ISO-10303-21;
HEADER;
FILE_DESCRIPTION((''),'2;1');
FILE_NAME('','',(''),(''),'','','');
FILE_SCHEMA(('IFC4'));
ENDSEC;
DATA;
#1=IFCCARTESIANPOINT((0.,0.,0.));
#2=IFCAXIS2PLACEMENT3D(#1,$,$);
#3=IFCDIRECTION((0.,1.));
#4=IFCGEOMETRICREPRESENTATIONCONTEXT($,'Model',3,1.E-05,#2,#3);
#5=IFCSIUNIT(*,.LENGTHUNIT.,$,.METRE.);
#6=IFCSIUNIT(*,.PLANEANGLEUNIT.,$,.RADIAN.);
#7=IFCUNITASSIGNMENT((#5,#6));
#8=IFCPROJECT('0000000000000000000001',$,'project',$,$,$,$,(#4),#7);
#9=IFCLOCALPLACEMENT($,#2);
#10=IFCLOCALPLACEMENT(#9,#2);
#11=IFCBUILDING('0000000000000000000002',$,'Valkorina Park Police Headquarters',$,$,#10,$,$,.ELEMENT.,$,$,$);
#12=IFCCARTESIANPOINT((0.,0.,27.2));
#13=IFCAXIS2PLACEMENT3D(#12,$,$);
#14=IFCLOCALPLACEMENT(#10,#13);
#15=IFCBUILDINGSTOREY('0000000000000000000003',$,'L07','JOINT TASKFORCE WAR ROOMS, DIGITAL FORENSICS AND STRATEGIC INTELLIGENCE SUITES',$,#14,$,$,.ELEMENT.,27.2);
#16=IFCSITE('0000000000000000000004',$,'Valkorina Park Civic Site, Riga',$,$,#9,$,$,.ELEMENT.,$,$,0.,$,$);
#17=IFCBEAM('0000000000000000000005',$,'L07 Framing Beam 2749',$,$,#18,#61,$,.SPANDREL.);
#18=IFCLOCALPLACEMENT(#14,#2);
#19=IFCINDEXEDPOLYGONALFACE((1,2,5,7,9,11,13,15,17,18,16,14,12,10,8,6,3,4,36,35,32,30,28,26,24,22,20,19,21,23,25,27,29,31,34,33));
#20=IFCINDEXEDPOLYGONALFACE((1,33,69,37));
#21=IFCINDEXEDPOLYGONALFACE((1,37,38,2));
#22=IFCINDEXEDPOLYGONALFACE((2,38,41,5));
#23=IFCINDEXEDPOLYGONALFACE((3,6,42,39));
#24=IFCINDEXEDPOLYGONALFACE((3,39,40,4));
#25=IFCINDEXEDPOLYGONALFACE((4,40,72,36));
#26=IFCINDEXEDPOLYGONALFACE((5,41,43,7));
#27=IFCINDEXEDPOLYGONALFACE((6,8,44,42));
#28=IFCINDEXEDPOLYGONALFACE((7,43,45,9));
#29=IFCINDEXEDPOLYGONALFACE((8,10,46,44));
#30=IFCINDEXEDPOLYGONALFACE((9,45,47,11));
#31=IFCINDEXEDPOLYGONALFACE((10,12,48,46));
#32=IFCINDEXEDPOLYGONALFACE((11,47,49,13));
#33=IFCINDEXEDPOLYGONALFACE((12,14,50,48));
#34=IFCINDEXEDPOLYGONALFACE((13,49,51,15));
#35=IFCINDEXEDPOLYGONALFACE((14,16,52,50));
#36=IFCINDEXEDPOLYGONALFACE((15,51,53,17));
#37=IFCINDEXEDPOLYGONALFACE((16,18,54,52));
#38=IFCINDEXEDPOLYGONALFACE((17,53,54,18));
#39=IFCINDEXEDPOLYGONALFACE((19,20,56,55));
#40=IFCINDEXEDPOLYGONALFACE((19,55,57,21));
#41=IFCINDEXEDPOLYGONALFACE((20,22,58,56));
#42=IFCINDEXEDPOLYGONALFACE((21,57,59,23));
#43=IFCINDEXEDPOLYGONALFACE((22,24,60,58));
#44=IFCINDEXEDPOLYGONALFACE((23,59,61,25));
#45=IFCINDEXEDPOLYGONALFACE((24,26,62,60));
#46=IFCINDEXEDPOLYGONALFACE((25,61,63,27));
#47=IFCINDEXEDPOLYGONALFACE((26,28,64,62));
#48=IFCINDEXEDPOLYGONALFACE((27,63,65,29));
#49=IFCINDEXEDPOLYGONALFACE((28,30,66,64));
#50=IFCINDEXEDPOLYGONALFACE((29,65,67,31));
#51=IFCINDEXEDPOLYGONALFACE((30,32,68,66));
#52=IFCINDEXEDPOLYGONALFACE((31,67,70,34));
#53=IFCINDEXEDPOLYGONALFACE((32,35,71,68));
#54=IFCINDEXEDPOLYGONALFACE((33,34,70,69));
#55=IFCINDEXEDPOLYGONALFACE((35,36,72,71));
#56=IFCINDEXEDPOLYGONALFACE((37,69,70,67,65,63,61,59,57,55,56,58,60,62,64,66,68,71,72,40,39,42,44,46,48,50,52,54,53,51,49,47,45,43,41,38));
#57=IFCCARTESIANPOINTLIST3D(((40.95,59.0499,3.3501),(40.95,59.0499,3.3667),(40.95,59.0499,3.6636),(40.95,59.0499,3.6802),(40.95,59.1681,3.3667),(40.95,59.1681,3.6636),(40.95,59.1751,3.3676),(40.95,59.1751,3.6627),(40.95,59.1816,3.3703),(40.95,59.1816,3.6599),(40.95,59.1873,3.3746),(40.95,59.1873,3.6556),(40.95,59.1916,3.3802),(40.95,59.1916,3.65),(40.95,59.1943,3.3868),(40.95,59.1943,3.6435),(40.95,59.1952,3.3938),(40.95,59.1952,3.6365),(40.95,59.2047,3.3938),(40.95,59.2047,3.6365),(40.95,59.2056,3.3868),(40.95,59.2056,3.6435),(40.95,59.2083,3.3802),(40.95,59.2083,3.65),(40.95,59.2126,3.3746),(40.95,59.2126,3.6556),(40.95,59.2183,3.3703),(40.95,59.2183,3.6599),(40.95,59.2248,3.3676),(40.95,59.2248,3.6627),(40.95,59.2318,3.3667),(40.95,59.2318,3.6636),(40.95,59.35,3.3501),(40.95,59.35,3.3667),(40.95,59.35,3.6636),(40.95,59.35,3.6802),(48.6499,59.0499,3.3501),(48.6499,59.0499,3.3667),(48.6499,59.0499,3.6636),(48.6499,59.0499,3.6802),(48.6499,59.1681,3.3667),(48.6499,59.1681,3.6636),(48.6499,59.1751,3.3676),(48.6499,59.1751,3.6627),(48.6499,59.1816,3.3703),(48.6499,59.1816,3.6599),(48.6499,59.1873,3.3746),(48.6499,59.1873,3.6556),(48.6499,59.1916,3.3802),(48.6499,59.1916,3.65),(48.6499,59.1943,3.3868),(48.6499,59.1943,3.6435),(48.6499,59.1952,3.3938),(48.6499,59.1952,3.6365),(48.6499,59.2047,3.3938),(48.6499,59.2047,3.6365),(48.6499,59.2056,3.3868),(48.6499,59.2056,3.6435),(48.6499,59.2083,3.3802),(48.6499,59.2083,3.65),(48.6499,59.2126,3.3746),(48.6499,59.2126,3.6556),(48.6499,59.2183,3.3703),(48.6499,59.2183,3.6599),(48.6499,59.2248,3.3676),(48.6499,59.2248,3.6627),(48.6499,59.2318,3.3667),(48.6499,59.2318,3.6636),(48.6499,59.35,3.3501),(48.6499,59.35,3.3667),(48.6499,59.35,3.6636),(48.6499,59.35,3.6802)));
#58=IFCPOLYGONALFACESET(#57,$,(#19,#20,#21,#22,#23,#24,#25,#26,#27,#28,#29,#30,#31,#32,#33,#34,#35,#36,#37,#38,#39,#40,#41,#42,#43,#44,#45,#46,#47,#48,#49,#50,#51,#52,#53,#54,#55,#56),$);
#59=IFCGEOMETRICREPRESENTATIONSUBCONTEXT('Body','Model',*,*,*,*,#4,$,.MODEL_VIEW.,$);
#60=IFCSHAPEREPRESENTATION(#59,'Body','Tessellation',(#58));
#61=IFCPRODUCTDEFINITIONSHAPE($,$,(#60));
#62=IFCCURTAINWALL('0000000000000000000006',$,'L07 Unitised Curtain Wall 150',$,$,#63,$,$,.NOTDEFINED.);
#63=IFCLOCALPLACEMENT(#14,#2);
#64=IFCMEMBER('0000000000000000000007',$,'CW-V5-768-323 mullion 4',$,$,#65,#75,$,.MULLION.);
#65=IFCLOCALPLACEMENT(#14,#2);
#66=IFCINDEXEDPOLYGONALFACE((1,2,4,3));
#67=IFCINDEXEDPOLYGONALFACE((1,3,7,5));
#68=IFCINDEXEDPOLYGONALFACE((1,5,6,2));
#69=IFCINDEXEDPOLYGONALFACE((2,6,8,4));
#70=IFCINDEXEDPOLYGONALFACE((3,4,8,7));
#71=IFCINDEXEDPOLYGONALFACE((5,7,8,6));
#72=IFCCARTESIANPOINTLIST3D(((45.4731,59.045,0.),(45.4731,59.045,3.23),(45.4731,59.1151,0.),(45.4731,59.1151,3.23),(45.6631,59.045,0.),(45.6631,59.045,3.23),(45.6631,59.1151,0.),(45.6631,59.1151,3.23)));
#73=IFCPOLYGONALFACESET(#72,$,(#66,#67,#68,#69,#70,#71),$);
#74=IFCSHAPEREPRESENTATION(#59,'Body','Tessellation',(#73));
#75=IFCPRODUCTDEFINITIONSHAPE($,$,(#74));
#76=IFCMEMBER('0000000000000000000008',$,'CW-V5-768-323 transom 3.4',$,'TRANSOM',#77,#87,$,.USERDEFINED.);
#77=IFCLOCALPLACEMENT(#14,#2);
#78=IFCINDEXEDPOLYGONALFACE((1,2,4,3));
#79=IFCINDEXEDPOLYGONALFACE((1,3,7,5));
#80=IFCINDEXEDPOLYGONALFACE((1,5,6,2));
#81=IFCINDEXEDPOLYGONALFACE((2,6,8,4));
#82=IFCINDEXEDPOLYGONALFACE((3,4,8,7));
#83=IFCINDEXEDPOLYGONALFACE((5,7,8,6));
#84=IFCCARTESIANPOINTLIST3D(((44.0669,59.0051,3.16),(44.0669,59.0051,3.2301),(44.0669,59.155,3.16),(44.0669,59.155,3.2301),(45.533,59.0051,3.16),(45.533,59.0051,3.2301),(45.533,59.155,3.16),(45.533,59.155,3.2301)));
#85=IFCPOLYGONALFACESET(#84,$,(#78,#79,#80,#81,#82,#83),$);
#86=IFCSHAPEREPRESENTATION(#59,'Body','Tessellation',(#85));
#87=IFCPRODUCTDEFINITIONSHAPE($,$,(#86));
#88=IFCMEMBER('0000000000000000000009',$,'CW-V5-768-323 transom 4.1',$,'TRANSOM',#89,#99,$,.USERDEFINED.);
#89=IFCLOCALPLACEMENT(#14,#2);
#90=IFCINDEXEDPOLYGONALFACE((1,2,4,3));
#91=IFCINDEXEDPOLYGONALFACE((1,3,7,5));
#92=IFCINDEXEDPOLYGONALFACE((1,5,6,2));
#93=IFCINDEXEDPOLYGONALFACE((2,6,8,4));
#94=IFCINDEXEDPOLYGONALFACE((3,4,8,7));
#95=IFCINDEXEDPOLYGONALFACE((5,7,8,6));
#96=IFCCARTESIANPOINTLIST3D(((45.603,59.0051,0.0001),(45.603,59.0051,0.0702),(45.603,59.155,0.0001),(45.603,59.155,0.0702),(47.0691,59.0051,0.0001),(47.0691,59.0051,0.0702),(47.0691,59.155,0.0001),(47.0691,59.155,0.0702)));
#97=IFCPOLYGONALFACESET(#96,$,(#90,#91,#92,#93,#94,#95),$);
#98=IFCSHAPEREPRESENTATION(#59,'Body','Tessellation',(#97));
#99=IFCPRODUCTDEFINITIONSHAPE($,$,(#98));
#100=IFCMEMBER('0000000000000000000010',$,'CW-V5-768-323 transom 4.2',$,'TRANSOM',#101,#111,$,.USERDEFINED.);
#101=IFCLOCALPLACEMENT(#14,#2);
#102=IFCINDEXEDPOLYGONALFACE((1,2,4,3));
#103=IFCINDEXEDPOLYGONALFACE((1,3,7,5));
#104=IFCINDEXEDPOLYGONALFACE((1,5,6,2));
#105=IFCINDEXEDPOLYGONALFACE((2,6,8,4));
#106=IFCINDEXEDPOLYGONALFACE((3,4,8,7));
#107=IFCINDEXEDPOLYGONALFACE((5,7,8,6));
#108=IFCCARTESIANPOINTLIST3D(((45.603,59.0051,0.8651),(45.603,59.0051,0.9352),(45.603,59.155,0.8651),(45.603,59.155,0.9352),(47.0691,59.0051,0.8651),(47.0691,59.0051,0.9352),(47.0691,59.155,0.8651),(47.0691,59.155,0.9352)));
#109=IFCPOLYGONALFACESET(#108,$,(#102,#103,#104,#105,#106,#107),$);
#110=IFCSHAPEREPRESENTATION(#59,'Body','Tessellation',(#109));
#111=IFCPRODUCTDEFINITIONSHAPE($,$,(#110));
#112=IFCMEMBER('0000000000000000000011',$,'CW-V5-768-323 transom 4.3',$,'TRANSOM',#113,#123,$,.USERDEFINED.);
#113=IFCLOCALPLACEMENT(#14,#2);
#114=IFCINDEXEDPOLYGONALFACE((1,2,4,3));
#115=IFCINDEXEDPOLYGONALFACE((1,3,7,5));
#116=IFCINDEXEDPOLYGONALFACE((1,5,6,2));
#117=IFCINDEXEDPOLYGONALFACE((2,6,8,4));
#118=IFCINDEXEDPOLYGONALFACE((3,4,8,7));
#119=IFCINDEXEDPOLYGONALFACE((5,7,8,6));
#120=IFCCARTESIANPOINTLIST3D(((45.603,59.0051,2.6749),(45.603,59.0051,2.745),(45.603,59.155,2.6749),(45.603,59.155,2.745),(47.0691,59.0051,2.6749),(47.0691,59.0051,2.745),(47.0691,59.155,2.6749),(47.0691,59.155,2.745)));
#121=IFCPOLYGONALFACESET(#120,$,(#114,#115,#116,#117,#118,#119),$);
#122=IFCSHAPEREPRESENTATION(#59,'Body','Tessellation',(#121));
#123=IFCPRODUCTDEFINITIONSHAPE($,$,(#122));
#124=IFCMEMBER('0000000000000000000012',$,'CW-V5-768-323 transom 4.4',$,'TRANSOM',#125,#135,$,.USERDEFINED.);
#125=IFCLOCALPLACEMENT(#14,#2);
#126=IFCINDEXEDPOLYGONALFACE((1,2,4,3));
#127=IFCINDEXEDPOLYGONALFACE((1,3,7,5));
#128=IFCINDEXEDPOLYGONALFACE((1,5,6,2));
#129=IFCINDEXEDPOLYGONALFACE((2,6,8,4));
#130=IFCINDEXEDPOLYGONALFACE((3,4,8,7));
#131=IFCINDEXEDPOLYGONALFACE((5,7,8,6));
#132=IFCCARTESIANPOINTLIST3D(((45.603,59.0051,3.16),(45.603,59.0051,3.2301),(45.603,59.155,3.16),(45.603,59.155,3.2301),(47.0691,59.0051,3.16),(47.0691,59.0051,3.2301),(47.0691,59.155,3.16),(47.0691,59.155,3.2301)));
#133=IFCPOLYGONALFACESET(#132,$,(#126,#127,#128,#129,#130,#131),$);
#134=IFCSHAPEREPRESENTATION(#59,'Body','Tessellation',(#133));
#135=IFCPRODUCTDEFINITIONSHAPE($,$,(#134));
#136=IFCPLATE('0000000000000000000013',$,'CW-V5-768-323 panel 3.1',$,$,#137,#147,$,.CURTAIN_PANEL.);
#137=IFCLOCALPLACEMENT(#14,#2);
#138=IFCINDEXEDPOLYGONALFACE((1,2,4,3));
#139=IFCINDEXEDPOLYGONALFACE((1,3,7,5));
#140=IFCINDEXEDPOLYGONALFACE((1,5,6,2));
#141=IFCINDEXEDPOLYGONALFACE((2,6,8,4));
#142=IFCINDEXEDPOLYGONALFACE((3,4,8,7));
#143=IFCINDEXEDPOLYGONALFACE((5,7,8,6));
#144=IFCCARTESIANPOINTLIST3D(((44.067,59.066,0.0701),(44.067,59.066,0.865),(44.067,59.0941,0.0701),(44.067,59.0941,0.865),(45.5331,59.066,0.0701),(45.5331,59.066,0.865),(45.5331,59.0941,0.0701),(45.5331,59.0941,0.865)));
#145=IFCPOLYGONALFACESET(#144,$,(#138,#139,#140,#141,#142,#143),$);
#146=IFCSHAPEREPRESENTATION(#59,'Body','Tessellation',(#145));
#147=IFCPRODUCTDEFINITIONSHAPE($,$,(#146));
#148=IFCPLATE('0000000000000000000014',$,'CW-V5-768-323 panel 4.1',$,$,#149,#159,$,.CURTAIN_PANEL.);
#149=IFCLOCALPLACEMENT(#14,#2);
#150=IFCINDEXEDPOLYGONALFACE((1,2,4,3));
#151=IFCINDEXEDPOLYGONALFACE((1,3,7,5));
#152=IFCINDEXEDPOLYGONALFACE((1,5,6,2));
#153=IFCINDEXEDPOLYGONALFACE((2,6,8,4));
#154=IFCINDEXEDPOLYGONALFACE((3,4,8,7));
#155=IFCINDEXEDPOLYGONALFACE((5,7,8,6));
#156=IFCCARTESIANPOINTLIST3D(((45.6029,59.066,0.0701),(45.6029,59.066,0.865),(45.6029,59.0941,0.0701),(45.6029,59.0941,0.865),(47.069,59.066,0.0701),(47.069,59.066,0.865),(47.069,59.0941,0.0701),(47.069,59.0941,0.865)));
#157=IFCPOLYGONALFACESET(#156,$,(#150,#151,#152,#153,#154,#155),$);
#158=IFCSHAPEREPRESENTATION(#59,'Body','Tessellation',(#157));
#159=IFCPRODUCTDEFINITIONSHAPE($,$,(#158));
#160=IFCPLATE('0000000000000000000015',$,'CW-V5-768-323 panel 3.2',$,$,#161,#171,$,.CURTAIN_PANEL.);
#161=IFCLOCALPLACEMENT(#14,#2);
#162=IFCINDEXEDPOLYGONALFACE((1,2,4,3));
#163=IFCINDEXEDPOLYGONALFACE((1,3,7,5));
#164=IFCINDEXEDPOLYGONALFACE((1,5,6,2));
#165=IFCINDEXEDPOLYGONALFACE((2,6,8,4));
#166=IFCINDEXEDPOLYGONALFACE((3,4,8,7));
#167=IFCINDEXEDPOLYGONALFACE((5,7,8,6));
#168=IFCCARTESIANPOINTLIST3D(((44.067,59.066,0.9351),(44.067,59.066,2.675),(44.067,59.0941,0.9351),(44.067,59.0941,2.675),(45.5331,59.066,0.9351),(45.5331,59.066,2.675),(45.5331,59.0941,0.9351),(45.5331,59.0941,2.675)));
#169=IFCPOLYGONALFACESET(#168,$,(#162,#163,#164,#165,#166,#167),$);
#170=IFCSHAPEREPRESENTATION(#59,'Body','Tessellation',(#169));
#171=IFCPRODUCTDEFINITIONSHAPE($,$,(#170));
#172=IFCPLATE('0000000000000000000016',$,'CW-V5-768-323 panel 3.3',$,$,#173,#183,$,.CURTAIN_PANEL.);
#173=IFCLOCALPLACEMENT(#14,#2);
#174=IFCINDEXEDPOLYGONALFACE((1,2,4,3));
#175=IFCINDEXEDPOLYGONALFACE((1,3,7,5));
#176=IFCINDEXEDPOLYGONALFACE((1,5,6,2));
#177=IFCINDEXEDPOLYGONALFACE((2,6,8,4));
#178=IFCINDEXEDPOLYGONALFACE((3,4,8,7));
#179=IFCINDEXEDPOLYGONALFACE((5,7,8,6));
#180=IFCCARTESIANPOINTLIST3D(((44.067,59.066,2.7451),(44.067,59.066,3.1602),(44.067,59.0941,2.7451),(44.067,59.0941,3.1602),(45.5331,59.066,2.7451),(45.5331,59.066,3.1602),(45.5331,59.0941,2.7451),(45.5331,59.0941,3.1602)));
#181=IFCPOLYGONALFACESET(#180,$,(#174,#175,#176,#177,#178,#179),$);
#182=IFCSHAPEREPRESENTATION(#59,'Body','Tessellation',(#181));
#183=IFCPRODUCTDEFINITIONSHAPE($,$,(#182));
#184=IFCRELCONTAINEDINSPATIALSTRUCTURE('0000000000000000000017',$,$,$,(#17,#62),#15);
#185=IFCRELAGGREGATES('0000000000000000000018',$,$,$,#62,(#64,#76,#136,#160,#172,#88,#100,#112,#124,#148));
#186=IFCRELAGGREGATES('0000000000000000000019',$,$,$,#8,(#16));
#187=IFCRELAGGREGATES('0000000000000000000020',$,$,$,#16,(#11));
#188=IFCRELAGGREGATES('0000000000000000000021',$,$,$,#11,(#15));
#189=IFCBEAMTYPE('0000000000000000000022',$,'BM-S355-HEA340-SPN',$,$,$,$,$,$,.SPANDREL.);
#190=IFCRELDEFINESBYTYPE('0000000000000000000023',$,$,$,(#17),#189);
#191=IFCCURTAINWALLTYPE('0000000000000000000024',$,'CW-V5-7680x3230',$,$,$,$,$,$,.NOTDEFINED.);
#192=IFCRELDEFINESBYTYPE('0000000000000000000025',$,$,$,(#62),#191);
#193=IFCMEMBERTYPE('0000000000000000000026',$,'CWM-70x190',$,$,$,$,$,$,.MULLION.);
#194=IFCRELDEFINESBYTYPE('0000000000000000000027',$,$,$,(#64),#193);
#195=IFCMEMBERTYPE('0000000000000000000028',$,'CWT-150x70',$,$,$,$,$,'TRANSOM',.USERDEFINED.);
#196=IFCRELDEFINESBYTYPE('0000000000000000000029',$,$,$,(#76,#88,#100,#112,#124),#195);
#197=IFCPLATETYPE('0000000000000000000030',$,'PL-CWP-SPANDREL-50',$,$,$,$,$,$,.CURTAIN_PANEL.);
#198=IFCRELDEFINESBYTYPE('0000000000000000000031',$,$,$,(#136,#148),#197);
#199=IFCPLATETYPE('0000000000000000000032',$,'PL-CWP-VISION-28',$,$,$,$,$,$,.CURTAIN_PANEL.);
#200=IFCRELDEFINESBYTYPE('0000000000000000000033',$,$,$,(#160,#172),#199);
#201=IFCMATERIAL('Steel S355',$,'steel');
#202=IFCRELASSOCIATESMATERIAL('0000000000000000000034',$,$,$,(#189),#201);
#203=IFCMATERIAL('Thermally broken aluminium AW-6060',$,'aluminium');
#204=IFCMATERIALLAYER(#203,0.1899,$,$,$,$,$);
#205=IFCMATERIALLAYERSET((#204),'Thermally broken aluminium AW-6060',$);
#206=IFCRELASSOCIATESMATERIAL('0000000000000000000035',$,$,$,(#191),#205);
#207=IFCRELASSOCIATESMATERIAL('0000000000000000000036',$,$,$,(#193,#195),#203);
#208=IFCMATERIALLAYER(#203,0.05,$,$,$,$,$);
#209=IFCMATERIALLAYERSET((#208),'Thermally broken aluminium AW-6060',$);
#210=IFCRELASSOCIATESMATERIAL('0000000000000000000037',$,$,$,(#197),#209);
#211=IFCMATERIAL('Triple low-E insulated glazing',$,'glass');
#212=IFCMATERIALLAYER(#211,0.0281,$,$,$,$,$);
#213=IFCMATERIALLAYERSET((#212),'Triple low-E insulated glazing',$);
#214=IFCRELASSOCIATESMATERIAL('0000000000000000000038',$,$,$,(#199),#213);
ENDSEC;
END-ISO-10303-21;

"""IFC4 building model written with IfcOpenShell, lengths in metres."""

from ifc_helpers import new_model, si_unit, direction, frame, origin, origin_2d, place, context, subcontext, project, spatial, rectangle, i_section, extrude, material, layer, layer_set, material_profile, profile_set, type_object, element, aggregate, save


model = new_model("IFC4")

# Units and contexts
model_context = context("Model", 3, precision=1e-05, world=origin(), true_north=direction((0.0, 1.0)))
body_context = subcontext(model_context, "Body", "Model", "MODEL_VIEW")
ifc_project = project(units=[si_unit("LENGTHUNIT", "METRE"), si_unit("PLANEANGLEUNIT", "RADIAN")], contexts=[model_context])

# Site, building, storey
site_placement = place(None, origin())
site = spatial("IfcSite", under=ifc_project, at=site_placement, Name="Valkorina Park Civic Site, Riga", CompositionType="ELEMENT", RefElevation=0.0)
building_placement = place(site_placement, origin())
building = spatial("IfcBuilding", under=site, at=building_placement, Name="Valkorina Park Police Headquarters", CompositionType="ELEMENT")
storey_placement = place(building_placement, frame((0.0, 0.0, 27.2)))
storey = spatial("IfcBuildingStorey", under=building, at=storey_placement, Name="L07", Description="JOINT TASKFORCE WAR ROOMS, DIGITAL FORENSICS AND STRATEGIC INTELLIGENCE SUITES", CompositionType="ELEMENT", Elevation=27.2)

# Beam
ifc_material_1 = material(Name="Steel S355", Category="steel")
ifc_material_profile_1 = material_profile(ifc_material_1, i_section(OverallWidth=0.3, OverallDepth=0.3301, WebThickness=0.0095, FlangeThickness=0.0166, FilletRadius=0.0271, at=origin_2d()), Name="HEA 340")
ifc_profile_set_1 = profile_set([ifc_material_profile_1], Name="Steel S355")
beam_type = type_object("IfcBeamType", Name="BM-S355-HEA340-SPN", PredefinedType="SPANDREL", material=ifc_profile_set_1)
beam_placement = place(storey_placement, frame((40.95, 59.2, 3.5151), z_axis=(1.0, 0.0, 0.0), x_axis=(0.0, 1.0, 0.0)))
element("IfcBeam", 1, at=beam_placement, inside=storey, type_object=beam_type, Name="L07 Framing Beam 2749", PredefinedType="SPANDREL", context=body_context, shape_type="SweptSolid", body=[
    extrude(i_section(OverallWidth=0.3, OverallDepth=0.3301, WebThickness=0.0095, FlangeThickness=0.0166, FilletRadius=0.0271, at=origin_2d()), origin(), (0.0, 0.0, 1.0), 7.7),
])

# Curtain wall, members, plates
ifc_material_2 = material(Name="Thermally broken aluminium AW-6060", Category="aluminium")
ifc_layer_1 = layer(ifc_material_2, 0.1899)
ifc_layer_set_1 = layer_set([ifc_layer_1], Name="Thermally broken aluminium AW-6060")
curtain_wall_type = type_object("IfcCurtainWallType", Name="CW-V5-7680x3230", PredefinedType="NOTDEFINED", material=ifc_layer_set_1)
curtain_wall_placement = place(storey_placement, origin())
curtain_wall = element("IfcCurtainWall", 2, at=curtain_wall_placement, inside=storey, type_object=curtain_wall_type, Name="L07 Unitised Curtain Wall 150", PredefinedType="NOTDEFINED")
ifc_material_profile_2 = material_profile(ifc_material_2, rectangle(XDim=0.0701, YDim=0.1899, at=origin_2d()), Name="CWM-02 70x190")
ifc_profile_set_2 = profile_set([ifc_material_profile_2], Name="Thermally broken aluminium AW-6060")
member_type_1 = type_object("IfcMemberType", Name="CWM-70x190", PredefinedType="MULLION", material=ifc_profile_set_2)
member_1_placement = place(storey_placement, frame((45.5681, 59.0801, 0.0), z_axis=(0.0, 0.0, 1.0), x_axis=(0.0, 1.0, 0.0)))
member_1 = element("IfcMember", 3, at=member_1_placement, type_object=member_type_1, Name="CW-V5-768-323 mullion 4", PredefinedType="MULLION", context=body_context, shape_type="SweptSolid", body=[
    extrude(rectangle(XDim=0.0701, YDim=0.1899, at=origin_2d()), origin(), (0.0, 0.0, 1.0), 3.23),
])
ifc_material_profile_3 = material_profile(ifc_material_2, rectangle(XDim=0.1499, YDim=0.0701, at=origin_2d()), Name="CWT-02 150x70")
ifc_profile_set_3 = profile_set([ifc_material_profile_3], Name="Thermally broken aluminium AW-6060")
member_type_2 = type_object("IfcMemberType", Name="CWT-150x70", ElementType="TRANSOM", PredefinedType="USERDEFINED", material=ifc_profile_set_3)
member_2_placement = place(storey_placement, frame((44.0669, 59.0801, 3.1951), z_axis=(1.0, 0.0, 0.0), x_axis=(0.0, 1.0, 0.0)))
member_2 = element("IfcMember", 4, at=member_2_placement, type_object=member_type_2, Name="CW-V5-768-323 transom 3.4", ObjectType="TRANSOM", PredefinedType="USERDEFINED", context=body_context, shape_type="SweptSolid", body=[
    extrude(rectangle(XDim=0.1499, YDim=0.0701, at=origin_2d()), origin(), (0.0, 0.0, 1.0), 1.4661),
])
member_3_placement = place(storey_placement, frame((45.603, 59.0801, 0.0352), z_axis=(1.0, 0.0, 0.0), x_axis=(0.0, 1.0, 0.0)))
member_3 = element("IfcMember", 5, at=member_3_placement, type_object=member_type_2, Name="CW-V5-768-323 transom 4.1", ObjectType="TRANSOM", PredefinedType="USERDEFINED", context=body_context, shape_type="SweptSolid", body=[
    extrude(rectangle(XDim=0.1499, YDim=0.0701, at=origin_2d()), origin(), (0.0, 0.0, 1.0), 1.4661),
])
member_4_placement = place(storey_placement, frame((45.603, 59.0801, 0.9001), z_axis=(1.0, 0.0, 0.0), x_axis=(0.0, 1.0, 0.0)))
member_4 = element("IfcMember", 6, at=member_4_placement, type_object=member_type_2, Name="CW-V5-768-323 transom 4.2", ObjectType="TRANSOM", PredefinedType="USERDEFINED", context=body_context, shape_type="SweptSolid", body=[
    extrude(rectangle(XDim=0.1499, YDim=0.0701, at=origin_2d()), origin(), (0.0, 0.0, 1.0), 1.4661),
])
member_5_placement = place(storey_placement, frame((45.603, 59.0801, 2.71), z_axis=(1.0, 0.0, 0.0), x_axis=(0.0, 1.0, 0.0)))
member_5 = element("IfcMember", 7, at=member_5_placement, type_object=member_type_2, Name="CW-V5-768-323 transom 4.3", ObjectType="TRANSOM", PredefinedType="USERDEFINED", context=body_context, shape_type="SweptSolid", body=[
    extrude(rectangle(XDim=0.1499, YDim=0.0701, at=origin_2d()), origin(), (0.0, 0.0, 1.0), 1.4661),
])
member_6_placement = place(storey_placement, frame((45.603, 59.0801, 3.1951), z_axis=(1.0, 0.0, 0.0), x_axis=(0.0, 1.0, 0.0)))
member_6 = element("IfcMember", 8, at=member_6_placement, type_object=member_type_2, Name="CW-V5-768-323 transom 4.4", ObjectType="TRANSOM", PredefinedType="USERDEFINED", context=body_context, shape_type="SweptSolid", body=[
    extrude(rectangle(XDim=0.1499, YDim=0.0701, at=origin_2d()), origin(), (0.0, 0.0, 1.0), 1.4661),
])
ifc_layer_2 = layer(ifc_material_2, 0.05)
ifc_layer_set_2 = layer_set([ifc_layer_2], Name="Thermally broken aluminium AW-6060")
plate_type_1 = type_object("IfcPlateType", Name="PL-CWP-SPANDREL-50", PredefinedType="CURTAIN_PANEL", material=ifc_layer_set_2)
plate_1_placement = place(storey_placement, frame((44.8, 59.0801, 0.0701), z_axis=(0.0, 0.0, 1.0), x_axis=(1.0, 0.0, 0.0)))
plate_1 = element("IfcPlate", 9, at=plate_1_placement, type_object=plate_type_1, Name="CW-V5-768-323 panel 3.1", PredefinedType="CURTAIN_PANEL", context=body_context, shape_type="SweptSolid", body=[
    extrude(rectangle(XDim=1.4661, YDim=0.0281, at=origin_2d()), origin(), (0.0, 0.0, 1.0), 0.7949),
])
plate_2_placement = place(storey_placement, frame((46.3359, 59.0801, 0.0701), z_axis=(0.0, 0.0, 1.0), x_axis=(1.0, 0.0, 0.0)))
plate_2 = element("IfcPlate", 10, at=plate_2_placement, type_object=plate_type_1, Name="CW-V5-768-323 panel 4.1", PredefinedType="CURTAIN_PANEL", context=body_context, shape_type="SweptSolid", body=[
    extrude(rectangle(XDim=1.4661, YDim=0.0281, at=origin_2d()), origin(), (0.0, 0.0, 1.0), 0.7949),
])
ifc_material_3 = material(Name="Triple low-E insulated glazing", Category="glass")
ifc_layer_3 = layer(ifc_material_3, 0.0281)
ifc_layer_set_3 = layer_set([ifc_layer_3], Name="Triple low-E insulated glazing")
plate_type_2 = type_object("IfcPlateType", Name="PL-CWP-VISION-28", PredefinedType="CURTAIN_PANEL", material=ifc_layer_set_3)
plate_3_placement = place(storey_placement, frame((44.8, 59.0801, 0.9351), z_axis=(0.0, 0.0, 1.0), x_axis=(1.0, 0.0, 0.0)))
plate_3 = element("IfcPlate", 11, at=plate_3_placement, type_object=plate_type_2, Name="CW-V5-768-323 panel 3.2", PredefinedType="CURTAIN_PANEL", context=body_context, shape_type="SweptSolid", body=[
    extrude(rectangle(XDim=1.4661, YDim=0.0281, at=origin_2d()), origin(), (0.0, 0.0, 1.0), 1.74),
])
plate_4_placement = place(storey_placement, frame((44.8, 59.0801, 2.7451), z_axis=(0.0, 0.0, 1.0), x_axis=(1.0, 0.0, 0.0)))
plate_4 = element("IfcPlate", 12, at=plate_4_placement, type_object=plate_type_2, Name="CW-V5-768-323 panel 3.3", PredefinedType="CURTAIN_PANEL", context=body_context, shape_type="SweptSolid", body=[
    extrude(rectangle(XDim=1.4661, YDim=0.0281, at=origin_2d()), origin(), (0.0, 0.0, 1.0), 0.415),
])
aggregate(curtain_wall, [member_1, member_2, plate_1, plate_3, plate_4, member_3, member_4, member_5, member_6, plate_2])

save(model, "model.ifc")
